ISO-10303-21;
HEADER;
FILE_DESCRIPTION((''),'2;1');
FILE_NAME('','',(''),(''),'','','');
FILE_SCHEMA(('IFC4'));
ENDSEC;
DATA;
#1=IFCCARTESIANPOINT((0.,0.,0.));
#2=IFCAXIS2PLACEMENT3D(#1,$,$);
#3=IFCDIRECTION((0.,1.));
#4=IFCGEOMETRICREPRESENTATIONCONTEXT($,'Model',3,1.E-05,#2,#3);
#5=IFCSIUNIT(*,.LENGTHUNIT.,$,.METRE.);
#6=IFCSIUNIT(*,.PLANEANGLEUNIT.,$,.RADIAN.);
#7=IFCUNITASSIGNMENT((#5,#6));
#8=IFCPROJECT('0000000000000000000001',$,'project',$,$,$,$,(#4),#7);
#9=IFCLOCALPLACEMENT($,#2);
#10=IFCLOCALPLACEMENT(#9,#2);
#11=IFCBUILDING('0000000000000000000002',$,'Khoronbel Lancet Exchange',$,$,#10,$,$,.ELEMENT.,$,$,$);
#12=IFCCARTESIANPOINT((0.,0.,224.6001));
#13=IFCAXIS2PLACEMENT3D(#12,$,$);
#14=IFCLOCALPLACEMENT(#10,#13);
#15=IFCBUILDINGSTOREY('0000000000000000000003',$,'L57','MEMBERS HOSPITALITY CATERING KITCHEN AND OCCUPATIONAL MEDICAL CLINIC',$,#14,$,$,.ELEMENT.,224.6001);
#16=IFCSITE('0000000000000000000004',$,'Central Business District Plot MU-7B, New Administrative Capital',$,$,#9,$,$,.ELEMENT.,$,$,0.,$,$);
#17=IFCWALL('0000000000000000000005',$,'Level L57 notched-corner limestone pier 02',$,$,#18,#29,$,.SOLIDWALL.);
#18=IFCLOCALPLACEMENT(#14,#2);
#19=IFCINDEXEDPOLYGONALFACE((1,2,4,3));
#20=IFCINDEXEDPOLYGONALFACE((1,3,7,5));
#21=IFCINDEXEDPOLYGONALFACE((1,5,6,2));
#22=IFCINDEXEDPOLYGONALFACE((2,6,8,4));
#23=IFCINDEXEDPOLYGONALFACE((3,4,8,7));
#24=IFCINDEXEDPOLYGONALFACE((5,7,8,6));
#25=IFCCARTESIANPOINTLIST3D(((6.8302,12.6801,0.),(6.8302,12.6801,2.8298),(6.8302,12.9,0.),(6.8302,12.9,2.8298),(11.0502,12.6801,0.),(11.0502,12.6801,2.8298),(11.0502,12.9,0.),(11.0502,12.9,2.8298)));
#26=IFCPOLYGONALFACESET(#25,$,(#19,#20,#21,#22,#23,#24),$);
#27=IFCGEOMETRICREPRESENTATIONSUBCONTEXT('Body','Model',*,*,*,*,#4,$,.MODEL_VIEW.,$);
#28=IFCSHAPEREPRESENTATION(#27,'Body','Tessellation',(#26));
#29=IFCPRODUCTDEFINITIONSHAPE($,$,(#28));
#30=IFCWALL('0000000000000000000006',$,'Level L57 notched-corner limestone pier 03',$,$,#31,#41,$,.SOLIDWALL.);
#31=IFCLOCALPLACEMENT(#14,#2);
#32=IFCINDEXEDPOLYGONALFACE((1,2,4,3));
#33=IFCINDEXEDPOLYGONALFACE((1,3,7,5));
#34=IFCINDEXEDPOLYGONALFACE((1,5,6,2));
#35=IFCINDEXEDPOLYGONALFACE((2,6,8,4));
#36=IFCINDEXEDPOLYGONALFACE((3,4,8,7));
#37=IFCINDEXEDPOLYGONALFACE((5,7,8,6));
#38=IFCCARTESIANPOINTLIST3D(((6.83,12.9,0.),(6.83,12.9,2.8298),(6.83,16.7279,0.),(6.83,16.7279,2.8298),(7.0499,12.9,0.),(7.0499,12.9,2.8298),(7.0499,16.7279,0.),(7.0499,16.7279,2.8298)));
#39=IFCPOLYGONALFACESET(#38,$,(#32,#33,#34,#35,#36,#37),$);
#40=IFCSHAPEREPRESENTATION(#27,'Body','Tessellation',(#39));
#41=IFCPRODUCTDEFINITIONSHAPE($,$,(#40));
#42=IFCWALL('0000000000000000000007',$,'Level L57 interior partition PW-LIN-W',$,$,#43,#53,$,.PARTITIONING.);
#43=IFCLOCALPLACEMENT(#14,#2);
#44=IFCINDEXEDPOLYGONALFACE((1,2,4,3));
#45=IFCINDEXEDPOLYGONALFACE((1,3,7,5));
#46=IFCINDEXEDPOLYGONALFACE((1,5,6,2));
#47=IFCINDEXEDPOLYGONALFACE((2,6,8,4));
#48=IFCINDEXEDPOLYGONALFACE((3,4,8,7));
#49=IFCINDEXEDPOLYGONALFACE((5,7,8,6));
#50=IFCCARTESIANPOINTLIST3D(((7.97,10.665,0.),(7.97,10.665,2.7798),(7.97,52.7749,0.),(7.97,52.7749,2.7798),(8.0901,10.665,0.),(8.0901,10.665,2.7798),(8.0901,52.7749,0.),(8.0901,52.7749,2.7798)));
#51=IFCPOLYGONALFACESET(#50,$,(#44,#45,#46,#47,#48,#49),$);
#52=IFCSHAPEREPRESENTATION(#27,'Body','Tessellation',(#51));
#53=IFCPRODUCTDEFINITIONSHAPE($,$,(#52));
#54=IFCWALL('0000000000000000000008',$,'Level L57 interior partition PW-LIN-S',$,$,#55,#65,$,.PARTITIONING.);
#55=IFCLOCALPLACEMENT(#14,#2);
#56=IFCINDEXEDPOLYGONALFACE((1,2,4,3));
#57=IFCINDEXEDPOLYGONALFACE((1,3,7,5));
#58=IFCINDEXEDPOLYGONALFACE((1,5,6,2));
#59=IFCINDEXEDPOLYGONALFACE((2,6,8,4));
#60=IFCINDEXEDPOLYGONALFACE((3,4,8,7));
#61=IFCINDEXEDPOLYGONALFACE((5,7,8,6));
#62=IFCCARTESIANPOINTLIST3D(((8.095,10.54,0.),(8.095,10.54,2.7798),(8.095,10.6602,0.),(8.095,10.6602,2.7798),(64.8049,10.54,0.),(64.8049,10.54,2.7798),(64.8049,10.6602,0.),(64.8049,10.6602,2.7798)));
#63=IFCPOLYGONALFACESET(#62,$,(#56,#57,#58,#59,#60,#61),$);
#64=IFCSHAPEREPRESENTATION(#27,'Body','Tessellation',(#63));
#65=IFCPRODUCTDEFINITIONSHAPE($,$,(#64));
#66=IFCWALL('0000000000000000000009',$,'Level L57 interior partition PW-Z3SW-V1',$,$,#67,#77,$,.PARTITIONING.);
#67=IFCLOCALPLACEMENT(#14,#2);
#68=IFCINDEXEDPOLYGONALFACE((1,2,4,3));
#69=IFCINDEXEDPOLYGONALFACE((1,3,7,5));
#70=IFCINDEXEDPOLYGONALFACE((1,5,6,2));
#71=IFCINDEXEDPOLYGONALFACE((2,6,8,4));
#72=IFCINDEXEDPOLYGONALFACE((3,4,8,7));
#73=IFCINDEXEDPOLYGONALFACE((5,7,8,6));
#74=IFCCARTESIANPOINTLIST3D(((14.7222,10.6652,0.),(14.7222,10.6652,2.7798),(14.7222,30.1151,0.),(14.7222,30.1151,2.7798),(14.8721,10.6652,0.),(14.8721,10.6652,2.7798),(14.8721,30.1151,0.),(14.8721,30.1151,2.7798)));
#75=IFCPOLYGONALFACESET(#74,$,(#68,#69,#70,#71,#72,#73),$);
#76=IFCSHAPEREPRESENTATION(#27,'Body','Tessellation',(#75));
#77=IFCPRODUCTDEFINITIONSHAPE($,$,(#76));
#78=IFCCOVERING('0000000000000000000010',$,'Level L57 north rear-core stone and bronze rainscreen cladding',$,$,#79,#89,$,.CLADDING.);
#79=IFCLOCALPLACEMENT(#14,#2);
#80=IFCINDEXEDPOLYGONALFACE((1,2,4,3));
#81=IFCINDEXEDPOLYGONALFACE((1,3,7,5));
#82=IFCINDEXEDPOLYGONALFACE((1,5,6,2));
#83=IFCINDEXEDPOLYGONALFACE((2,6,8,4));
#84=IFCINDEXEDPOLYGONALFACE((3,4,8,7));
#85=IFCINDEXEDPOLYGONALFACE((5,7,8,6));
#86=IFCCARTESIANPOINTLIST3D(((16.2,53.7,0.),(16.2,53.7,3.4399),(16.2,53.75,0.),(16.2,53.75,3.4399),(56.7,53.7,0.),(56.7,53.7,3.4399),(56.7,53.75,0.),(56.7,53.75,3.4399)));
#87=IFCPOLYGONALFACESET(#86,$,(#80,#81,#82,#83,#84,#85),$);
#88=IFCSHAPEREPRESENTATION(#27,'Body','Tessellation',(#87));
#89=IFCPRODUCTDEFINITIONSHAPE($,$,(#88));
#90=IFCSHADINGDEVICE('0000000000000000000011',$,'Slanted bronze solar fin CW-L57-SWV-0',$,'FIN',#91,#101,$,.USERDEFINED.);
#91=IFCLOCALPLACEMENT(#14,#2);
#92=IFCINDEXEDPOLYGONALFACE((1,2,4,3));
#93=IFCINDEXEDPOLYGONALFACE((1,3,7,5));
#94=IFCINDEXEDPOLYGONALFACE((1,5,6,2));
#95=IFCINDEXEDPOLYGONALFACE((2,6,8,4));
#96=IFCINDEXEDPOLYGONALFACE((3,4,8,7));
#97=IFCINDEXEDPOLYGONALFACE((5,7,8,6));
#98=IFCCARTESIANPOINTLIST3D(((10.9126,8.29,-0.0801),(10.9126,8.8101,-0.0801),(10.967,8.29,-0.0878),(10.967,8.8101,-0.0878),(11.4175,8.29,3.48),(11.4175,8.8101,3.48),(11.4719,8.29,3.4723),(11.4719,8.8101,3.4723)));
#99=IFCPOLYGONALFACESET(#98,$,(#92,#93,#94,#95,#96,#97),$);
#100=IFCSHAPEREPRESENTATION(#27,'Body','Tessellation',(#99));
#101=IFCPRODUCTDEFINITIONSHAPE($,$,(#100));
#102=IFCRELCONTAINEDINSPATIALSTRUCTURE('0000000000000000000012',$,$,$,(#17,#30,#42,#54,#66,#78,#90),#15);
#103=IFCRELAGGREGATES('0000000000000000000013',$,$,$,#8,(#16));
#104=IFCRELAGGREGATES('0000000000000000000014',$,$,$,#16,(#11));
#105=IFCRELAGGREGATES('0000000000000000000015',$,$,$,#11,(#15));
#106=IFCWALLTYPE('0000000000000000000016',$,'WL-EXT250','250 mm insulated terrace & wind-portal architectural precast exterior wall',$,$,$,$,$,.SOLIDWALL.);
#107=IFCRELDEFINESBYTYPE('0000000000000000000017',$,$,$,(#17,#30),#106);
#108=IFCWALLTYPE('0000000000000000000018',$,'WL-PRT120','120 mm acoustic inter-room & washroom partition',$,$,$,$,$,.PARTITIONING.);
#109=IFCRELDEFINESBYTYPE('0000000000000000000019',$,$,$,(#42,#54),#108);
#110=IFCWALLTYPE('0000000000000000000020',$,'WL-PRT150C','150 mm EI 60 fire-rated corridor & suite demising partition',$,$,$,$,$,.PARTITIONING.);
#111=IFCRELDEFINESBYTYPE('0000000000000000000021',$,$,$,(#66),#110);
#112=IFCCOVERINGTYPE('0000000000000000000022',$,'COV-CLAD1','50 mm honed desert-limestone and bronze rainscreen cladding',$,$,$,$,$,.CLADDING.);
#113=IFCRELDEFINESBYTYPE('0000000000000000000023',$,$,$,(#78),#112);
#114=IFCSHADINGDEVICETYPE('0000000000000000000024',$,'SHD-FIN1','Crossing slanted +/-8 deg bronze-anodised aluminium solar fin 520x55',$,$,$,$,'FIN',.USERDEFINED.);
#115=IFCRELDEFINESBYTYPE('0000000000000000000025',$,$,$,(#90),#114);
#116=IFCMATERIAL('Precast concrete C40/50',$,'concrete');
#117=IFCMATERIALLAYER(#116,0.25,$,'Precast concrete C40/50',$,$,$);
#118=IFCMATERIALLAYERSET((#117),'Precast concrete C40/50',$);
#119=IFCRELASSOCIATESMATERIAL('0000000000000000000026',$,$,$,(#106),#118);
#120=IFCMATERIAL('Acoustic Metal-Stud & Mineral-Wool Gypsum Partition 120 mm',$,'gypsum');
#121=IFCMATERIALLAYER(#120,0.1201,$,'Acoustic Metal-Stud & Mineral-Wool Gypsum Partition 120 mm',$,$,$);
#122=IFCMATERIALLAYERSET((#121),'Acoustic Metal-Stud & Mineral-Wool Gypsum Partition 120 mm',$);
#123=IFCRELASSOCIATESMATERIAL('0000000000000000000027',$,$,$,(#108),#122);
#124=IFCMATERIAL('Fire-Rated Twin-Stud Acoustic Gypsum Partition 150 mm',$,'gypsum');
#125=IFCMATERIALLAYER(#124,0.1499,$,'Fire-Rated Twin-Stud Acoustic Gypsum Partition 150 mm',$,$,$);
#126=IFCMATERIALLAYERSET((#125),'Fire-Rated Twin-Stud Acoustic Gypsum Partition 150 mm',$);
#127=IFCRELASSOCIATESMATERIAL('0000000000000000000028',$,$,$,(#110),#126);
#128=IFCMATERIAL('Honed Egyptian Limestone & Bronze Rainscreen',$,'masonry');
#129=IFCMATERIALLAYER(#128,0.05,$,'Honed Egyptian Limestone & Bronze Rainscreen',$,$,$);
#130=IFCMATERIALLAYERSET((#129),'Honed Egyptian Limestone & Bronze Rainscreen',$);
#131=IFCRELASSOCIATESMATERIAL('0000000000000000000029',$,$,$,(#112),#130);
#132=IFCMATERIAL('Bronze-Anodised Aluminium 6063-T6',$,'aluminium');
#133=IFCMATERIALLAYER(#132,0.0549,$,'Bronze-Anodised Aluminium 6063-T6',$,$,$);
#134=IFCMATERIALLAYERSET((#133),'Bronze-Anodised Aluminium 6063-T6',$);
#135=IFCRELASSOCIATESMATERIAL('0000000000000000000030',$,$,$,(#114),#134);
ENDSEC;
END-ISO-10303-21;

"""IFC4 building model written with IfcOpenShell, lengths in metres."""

from ifc_helpers import new_model, si_unit, direction, frame, frame_2d, origin, place, context, subcontext, project, spatial, polyline, rectangle, outline, extrude, material, layer, layer_set, type_object, element, save


model = new_model("IFC4")

# Units and contexts
model_context = context("Model", 3, precision=1e-05, world=origin(), true_north=direction((0.0, 1.0)))
body_context = subcontext(model_context, "Body", "Model", "MODEL_VIEW")
ifc_project = project(units=[si_unit("LENGTHUNIT", "METRE"), si_unit("PLANEANGLEUNIT", "RADIAN")], contexts=[model_context])

# Site, building, storey
site_placement = place(None, origin())
site = spatial("IfcSite", under=ifc_project, at=site_placement, Name="Central Business District Plot MU-7B, New Administrative Capital", CompositionType="ELEMENT", RefElevation=0.0)
building_placement = place(site_placement, origin())
building = spatial("IfcBuilding", under=site, at=building_placement, Name="Khoronbel Lancet Exchange", CompositionType="ELEMENT")
storey_placement = place(building_placement, frame((0.0, 0.0, 224.6001)))
storey = spatial("IfcBuildingStorey", under=building, at=storey_placement, Name="L57", Description="MEMBERS HOSPITALITY CATERING KITCHEN AND OCCUPATIONAL MEDICAL CLINIC", CompositionType="ELEMENT", Elevation=224.6001)

# Shared definitions
ifc_material_1 = material(Name="Bronze-Anodised Aluminium 6063-T6", Category="aluminium")

# Walls
ifc_material_2 = material(Name="Precast concrete C40/50", Category="concrete")
ifc_layer_1 = layer(ifc_material_2, 0.25, Name="Precast concrete C40/50")
ifc_layer_set_1 = layer_set([ifc_layer_1], Name="Precast concrete C40/50")
wall_type_1 = type_object("IfcWallType", Name="WL-EXT250", Description="250 mm insulated terrace & wind-portal architectural precast exterior wall", PredefinedType="SOLIDWALL", material=ifc_layer_set_1)
wall_1_placement = place(storey_placement, frame((11.05, 12.79, 0.0), z_axis=(0.0, 0.0, 1.0), x_axis=(-1.0, 0.0, 0.0)))
element("IfcWall", 1, at=wall_1_placement, inside=storey, type_object=wall_type_1, Name="Level L57 notched-corner limestone pier 02", PredefinedType="SOLIDWALL", context=body_context, shape_type="SweptSolid", body=[
    extrude(rectangle(XDim=4.22, YDim=0.22, at=frame_2d((2.1099, 0.0))), origin(), (0.0, 0.0, 1.0), 2.8298),
])
wall_2_placement = place(storey_placement, frame((6.9399, 12.8999, 0.0), z_axis=(0.0, 0.0, 1.0), x_axis=(0.0, 1.0, 0.0)))
element("IfcWall", 2, at=wall_2_placement, inside=storey, type_object=wall_type_1, Name="Level L57 notched-corner limestone pier 03", PredefinedType="SOLIDWALL", context=body_context, shape_type="SweptSolid", body=[
    extrude(rectangle(XDim=3.8279, YDim=0.22, at=frame_2d((1.9141, 0.0))), origin(), (0.0, 0.0, 1.0), 2.8298),
])
ifc_material_3 = material(Name="Acoustic Metal-Stud & Mineral-Wool Gypsum Partition 120 mm", Category="gypsum")
ifc_layer_2 = layer(ifc_material_3, 0.1201, Name="Acoustic Metal-Stud & Mineral-Wool Gypsum Partition 120 mm")
ifc_layer_set_2 = layer_set([ifc_layer_2], Name="Acoustic Metal-Stud & Mineral-Wool Gypsum Partition 120 mm")
wall_type_2 = type_object("IfcWallType", Name="WL-PRT120", Description="120 mm acoustic inter-room & washroom partition", PredefinedType="PARTITIONING", material=ifc_layer_set_2)
wall_3_placement = place(storey_placement, frame((8.03, 10.665, 0.0), z_axis=(0.0, 0.0, 1.0), x_axis=(0.0, 1.0, 0.0)))
element("IfcWall", 3, at=wall_3_placement, inside=storey, type_object=wall_type_2, Name="Level L57 interior partition PW-LIN-W", PredefinedType="PARTITIONING", context=body_context, shape_type="SweptSolid", body=[
    extrude(rectangle(XDim=42.1099, YDim=0.1201, at=frame_2d((21.0549, 0.0))), origin(), (0.0, 0.0, 1.0), 2.7798),
])
wall_4_placement = place(storey_placement, frame((8.095, 10.6001, 0.0), z_axis=(0.0, 0.0, 1.0), x_axis=(1.0, 0.0, 0.0)))
element("IfcWall", 4, at=wall_4_placement, inside=storey, type_object=wall_type_2, Name="Level L57 interior partition PW-LIN-S", PredefinedType="PARTITIONING", context=body_context, shape_type="SweptSolid", body=[
    extrude(rectangle(XDim=56.71, YDim=0.1201, at=frame_2d((28.355, 0.0))), origin(), (0.0, 0.0, 1.0), 2.7798),
])
ifc_material_4 = material(Name="Fire-Rated Twin-Stud Acoustic Gypsum Partition 150 mm", Category="gypsum")
ifc_layer_3 = layer(ifc_material_4, 0.1499, Name="Fire-Rated Twin-Stud Acoustic Gypsum Partition 150 mm")
ifc_layer_set_3 = layer_set([ifc_layer_3], Name="Fire-Rated Twin-Stud Acoustic Gypsum Partition 150 mm")
wall_type_3 = type_object("IfcWallType", Name="WL-PRT150C", Description="150 mm EI 60 fire-rated corridor & suite demising partition", PredefinedType="PARTITIONING", material=ifc_layer_set_3)
wall_5_placement = place(storey_placement, frame((14.7971, 10.665, 0.0), z_axis=(0.0, 0.0, 1.0), x_axis=(0.0, 1.0, 0.0)))
element("IfcWall", 5, at=wall_5_placement, inside=storey, type_object=wall_type_3, Name="Level L57 interior partition PW-Z3SW-V1", PredefinedType="PARTITIONING", context=body_context, shape_type="SweptSolid", body=[
    extrude(rectangle(XDim=19.45, YDim=0.1499, at=frame_2d((9.7251, 0.0))), origin(), (0.0, 0.0, 1.0), 2.7798),
])

# Covering
ifc_material_5 = material(Name="Honed Egyptian Limestone & Bronze Rainscreen", Category="masonry")
ifc_layer_4 = layer(ifc_material_5, 0.05, Name="Honed Egyptian Limestone & Bronze Rainscreen")
ifc_layer_set_4 = layer_set([ifc_layer_4], Name="Honed Egyptian Limestone & Bronze Rainscreen")
covering_type = type_object("IfcCoveringType", Name="COV-CLAD1", Description="50 mm honed desert-limestone and bronze rainscreen cladding", PredefinedType="CLADDING", material=ifc_layer_set_4)
covering_placement = place(storey_placement, origin())
element("IfcCovering", 6, at=covering_placement, inside=storey, type_object=covering_type, Name="Level L57 north rear-core stone and bronze rainscreen cladding", PredefinedType="CLADDING", context=body_context, shape_type="SweptSolid", body=[
    extrude(outline(polyline([(16.2, 53.7), (56.7, 53.7), (56.7, 53.75), (16.2, 53.75), (16.2, 53.7)])), origin(), (0.0, 0.0, 1.0), 3.4399),
])

# Shading device
ifc_layer_5 = layer(ifc_material_1, 0.0549, Name="Bronze-Anodised Aluminium 6063-T6")
ifc_layer_set_5 = layer_set([ifc_layer_5], Name="Bronze-Anodised Aluminium 6063-T6")
shading_device_type = type_object("IfcShadingDeviceType", Name="SHD-FIN1", Description="Crossing slanted +/-8 deg bronze-anodised aluminium solar fin 520x55", ElementType="FIN", PredefinedType="USERDEFINED", material=ifc_layer_set_5)
shading_device_placement = place(storey_placement, frame((10.9126, 8.8101, -0.0801), z_axis=(-0.990093, 0.0, 0.140414), x_axis=(0.0, -1.0, 0.0)))
element("IfcShadingDevice", 7, at=shading_device_placement, inside=storey, type_object=shading_device_type, Name="Slanted bronze solar fin CW-L57-SWV-0", ObjectType="FIN", PredefinedType="USERDEFINED", context=body_context, shape_type="SweptSolid", body=[
    extrude(outline(polyline([(0.0, 0.0), (0.52, 0.0), (0.52, 3.5957), (0.0, 3.5957), (0.0, 0.0)])), origin(), (0.0, 0.0, -1.0), 0.0549),
])

save(model, "model.ifc")
